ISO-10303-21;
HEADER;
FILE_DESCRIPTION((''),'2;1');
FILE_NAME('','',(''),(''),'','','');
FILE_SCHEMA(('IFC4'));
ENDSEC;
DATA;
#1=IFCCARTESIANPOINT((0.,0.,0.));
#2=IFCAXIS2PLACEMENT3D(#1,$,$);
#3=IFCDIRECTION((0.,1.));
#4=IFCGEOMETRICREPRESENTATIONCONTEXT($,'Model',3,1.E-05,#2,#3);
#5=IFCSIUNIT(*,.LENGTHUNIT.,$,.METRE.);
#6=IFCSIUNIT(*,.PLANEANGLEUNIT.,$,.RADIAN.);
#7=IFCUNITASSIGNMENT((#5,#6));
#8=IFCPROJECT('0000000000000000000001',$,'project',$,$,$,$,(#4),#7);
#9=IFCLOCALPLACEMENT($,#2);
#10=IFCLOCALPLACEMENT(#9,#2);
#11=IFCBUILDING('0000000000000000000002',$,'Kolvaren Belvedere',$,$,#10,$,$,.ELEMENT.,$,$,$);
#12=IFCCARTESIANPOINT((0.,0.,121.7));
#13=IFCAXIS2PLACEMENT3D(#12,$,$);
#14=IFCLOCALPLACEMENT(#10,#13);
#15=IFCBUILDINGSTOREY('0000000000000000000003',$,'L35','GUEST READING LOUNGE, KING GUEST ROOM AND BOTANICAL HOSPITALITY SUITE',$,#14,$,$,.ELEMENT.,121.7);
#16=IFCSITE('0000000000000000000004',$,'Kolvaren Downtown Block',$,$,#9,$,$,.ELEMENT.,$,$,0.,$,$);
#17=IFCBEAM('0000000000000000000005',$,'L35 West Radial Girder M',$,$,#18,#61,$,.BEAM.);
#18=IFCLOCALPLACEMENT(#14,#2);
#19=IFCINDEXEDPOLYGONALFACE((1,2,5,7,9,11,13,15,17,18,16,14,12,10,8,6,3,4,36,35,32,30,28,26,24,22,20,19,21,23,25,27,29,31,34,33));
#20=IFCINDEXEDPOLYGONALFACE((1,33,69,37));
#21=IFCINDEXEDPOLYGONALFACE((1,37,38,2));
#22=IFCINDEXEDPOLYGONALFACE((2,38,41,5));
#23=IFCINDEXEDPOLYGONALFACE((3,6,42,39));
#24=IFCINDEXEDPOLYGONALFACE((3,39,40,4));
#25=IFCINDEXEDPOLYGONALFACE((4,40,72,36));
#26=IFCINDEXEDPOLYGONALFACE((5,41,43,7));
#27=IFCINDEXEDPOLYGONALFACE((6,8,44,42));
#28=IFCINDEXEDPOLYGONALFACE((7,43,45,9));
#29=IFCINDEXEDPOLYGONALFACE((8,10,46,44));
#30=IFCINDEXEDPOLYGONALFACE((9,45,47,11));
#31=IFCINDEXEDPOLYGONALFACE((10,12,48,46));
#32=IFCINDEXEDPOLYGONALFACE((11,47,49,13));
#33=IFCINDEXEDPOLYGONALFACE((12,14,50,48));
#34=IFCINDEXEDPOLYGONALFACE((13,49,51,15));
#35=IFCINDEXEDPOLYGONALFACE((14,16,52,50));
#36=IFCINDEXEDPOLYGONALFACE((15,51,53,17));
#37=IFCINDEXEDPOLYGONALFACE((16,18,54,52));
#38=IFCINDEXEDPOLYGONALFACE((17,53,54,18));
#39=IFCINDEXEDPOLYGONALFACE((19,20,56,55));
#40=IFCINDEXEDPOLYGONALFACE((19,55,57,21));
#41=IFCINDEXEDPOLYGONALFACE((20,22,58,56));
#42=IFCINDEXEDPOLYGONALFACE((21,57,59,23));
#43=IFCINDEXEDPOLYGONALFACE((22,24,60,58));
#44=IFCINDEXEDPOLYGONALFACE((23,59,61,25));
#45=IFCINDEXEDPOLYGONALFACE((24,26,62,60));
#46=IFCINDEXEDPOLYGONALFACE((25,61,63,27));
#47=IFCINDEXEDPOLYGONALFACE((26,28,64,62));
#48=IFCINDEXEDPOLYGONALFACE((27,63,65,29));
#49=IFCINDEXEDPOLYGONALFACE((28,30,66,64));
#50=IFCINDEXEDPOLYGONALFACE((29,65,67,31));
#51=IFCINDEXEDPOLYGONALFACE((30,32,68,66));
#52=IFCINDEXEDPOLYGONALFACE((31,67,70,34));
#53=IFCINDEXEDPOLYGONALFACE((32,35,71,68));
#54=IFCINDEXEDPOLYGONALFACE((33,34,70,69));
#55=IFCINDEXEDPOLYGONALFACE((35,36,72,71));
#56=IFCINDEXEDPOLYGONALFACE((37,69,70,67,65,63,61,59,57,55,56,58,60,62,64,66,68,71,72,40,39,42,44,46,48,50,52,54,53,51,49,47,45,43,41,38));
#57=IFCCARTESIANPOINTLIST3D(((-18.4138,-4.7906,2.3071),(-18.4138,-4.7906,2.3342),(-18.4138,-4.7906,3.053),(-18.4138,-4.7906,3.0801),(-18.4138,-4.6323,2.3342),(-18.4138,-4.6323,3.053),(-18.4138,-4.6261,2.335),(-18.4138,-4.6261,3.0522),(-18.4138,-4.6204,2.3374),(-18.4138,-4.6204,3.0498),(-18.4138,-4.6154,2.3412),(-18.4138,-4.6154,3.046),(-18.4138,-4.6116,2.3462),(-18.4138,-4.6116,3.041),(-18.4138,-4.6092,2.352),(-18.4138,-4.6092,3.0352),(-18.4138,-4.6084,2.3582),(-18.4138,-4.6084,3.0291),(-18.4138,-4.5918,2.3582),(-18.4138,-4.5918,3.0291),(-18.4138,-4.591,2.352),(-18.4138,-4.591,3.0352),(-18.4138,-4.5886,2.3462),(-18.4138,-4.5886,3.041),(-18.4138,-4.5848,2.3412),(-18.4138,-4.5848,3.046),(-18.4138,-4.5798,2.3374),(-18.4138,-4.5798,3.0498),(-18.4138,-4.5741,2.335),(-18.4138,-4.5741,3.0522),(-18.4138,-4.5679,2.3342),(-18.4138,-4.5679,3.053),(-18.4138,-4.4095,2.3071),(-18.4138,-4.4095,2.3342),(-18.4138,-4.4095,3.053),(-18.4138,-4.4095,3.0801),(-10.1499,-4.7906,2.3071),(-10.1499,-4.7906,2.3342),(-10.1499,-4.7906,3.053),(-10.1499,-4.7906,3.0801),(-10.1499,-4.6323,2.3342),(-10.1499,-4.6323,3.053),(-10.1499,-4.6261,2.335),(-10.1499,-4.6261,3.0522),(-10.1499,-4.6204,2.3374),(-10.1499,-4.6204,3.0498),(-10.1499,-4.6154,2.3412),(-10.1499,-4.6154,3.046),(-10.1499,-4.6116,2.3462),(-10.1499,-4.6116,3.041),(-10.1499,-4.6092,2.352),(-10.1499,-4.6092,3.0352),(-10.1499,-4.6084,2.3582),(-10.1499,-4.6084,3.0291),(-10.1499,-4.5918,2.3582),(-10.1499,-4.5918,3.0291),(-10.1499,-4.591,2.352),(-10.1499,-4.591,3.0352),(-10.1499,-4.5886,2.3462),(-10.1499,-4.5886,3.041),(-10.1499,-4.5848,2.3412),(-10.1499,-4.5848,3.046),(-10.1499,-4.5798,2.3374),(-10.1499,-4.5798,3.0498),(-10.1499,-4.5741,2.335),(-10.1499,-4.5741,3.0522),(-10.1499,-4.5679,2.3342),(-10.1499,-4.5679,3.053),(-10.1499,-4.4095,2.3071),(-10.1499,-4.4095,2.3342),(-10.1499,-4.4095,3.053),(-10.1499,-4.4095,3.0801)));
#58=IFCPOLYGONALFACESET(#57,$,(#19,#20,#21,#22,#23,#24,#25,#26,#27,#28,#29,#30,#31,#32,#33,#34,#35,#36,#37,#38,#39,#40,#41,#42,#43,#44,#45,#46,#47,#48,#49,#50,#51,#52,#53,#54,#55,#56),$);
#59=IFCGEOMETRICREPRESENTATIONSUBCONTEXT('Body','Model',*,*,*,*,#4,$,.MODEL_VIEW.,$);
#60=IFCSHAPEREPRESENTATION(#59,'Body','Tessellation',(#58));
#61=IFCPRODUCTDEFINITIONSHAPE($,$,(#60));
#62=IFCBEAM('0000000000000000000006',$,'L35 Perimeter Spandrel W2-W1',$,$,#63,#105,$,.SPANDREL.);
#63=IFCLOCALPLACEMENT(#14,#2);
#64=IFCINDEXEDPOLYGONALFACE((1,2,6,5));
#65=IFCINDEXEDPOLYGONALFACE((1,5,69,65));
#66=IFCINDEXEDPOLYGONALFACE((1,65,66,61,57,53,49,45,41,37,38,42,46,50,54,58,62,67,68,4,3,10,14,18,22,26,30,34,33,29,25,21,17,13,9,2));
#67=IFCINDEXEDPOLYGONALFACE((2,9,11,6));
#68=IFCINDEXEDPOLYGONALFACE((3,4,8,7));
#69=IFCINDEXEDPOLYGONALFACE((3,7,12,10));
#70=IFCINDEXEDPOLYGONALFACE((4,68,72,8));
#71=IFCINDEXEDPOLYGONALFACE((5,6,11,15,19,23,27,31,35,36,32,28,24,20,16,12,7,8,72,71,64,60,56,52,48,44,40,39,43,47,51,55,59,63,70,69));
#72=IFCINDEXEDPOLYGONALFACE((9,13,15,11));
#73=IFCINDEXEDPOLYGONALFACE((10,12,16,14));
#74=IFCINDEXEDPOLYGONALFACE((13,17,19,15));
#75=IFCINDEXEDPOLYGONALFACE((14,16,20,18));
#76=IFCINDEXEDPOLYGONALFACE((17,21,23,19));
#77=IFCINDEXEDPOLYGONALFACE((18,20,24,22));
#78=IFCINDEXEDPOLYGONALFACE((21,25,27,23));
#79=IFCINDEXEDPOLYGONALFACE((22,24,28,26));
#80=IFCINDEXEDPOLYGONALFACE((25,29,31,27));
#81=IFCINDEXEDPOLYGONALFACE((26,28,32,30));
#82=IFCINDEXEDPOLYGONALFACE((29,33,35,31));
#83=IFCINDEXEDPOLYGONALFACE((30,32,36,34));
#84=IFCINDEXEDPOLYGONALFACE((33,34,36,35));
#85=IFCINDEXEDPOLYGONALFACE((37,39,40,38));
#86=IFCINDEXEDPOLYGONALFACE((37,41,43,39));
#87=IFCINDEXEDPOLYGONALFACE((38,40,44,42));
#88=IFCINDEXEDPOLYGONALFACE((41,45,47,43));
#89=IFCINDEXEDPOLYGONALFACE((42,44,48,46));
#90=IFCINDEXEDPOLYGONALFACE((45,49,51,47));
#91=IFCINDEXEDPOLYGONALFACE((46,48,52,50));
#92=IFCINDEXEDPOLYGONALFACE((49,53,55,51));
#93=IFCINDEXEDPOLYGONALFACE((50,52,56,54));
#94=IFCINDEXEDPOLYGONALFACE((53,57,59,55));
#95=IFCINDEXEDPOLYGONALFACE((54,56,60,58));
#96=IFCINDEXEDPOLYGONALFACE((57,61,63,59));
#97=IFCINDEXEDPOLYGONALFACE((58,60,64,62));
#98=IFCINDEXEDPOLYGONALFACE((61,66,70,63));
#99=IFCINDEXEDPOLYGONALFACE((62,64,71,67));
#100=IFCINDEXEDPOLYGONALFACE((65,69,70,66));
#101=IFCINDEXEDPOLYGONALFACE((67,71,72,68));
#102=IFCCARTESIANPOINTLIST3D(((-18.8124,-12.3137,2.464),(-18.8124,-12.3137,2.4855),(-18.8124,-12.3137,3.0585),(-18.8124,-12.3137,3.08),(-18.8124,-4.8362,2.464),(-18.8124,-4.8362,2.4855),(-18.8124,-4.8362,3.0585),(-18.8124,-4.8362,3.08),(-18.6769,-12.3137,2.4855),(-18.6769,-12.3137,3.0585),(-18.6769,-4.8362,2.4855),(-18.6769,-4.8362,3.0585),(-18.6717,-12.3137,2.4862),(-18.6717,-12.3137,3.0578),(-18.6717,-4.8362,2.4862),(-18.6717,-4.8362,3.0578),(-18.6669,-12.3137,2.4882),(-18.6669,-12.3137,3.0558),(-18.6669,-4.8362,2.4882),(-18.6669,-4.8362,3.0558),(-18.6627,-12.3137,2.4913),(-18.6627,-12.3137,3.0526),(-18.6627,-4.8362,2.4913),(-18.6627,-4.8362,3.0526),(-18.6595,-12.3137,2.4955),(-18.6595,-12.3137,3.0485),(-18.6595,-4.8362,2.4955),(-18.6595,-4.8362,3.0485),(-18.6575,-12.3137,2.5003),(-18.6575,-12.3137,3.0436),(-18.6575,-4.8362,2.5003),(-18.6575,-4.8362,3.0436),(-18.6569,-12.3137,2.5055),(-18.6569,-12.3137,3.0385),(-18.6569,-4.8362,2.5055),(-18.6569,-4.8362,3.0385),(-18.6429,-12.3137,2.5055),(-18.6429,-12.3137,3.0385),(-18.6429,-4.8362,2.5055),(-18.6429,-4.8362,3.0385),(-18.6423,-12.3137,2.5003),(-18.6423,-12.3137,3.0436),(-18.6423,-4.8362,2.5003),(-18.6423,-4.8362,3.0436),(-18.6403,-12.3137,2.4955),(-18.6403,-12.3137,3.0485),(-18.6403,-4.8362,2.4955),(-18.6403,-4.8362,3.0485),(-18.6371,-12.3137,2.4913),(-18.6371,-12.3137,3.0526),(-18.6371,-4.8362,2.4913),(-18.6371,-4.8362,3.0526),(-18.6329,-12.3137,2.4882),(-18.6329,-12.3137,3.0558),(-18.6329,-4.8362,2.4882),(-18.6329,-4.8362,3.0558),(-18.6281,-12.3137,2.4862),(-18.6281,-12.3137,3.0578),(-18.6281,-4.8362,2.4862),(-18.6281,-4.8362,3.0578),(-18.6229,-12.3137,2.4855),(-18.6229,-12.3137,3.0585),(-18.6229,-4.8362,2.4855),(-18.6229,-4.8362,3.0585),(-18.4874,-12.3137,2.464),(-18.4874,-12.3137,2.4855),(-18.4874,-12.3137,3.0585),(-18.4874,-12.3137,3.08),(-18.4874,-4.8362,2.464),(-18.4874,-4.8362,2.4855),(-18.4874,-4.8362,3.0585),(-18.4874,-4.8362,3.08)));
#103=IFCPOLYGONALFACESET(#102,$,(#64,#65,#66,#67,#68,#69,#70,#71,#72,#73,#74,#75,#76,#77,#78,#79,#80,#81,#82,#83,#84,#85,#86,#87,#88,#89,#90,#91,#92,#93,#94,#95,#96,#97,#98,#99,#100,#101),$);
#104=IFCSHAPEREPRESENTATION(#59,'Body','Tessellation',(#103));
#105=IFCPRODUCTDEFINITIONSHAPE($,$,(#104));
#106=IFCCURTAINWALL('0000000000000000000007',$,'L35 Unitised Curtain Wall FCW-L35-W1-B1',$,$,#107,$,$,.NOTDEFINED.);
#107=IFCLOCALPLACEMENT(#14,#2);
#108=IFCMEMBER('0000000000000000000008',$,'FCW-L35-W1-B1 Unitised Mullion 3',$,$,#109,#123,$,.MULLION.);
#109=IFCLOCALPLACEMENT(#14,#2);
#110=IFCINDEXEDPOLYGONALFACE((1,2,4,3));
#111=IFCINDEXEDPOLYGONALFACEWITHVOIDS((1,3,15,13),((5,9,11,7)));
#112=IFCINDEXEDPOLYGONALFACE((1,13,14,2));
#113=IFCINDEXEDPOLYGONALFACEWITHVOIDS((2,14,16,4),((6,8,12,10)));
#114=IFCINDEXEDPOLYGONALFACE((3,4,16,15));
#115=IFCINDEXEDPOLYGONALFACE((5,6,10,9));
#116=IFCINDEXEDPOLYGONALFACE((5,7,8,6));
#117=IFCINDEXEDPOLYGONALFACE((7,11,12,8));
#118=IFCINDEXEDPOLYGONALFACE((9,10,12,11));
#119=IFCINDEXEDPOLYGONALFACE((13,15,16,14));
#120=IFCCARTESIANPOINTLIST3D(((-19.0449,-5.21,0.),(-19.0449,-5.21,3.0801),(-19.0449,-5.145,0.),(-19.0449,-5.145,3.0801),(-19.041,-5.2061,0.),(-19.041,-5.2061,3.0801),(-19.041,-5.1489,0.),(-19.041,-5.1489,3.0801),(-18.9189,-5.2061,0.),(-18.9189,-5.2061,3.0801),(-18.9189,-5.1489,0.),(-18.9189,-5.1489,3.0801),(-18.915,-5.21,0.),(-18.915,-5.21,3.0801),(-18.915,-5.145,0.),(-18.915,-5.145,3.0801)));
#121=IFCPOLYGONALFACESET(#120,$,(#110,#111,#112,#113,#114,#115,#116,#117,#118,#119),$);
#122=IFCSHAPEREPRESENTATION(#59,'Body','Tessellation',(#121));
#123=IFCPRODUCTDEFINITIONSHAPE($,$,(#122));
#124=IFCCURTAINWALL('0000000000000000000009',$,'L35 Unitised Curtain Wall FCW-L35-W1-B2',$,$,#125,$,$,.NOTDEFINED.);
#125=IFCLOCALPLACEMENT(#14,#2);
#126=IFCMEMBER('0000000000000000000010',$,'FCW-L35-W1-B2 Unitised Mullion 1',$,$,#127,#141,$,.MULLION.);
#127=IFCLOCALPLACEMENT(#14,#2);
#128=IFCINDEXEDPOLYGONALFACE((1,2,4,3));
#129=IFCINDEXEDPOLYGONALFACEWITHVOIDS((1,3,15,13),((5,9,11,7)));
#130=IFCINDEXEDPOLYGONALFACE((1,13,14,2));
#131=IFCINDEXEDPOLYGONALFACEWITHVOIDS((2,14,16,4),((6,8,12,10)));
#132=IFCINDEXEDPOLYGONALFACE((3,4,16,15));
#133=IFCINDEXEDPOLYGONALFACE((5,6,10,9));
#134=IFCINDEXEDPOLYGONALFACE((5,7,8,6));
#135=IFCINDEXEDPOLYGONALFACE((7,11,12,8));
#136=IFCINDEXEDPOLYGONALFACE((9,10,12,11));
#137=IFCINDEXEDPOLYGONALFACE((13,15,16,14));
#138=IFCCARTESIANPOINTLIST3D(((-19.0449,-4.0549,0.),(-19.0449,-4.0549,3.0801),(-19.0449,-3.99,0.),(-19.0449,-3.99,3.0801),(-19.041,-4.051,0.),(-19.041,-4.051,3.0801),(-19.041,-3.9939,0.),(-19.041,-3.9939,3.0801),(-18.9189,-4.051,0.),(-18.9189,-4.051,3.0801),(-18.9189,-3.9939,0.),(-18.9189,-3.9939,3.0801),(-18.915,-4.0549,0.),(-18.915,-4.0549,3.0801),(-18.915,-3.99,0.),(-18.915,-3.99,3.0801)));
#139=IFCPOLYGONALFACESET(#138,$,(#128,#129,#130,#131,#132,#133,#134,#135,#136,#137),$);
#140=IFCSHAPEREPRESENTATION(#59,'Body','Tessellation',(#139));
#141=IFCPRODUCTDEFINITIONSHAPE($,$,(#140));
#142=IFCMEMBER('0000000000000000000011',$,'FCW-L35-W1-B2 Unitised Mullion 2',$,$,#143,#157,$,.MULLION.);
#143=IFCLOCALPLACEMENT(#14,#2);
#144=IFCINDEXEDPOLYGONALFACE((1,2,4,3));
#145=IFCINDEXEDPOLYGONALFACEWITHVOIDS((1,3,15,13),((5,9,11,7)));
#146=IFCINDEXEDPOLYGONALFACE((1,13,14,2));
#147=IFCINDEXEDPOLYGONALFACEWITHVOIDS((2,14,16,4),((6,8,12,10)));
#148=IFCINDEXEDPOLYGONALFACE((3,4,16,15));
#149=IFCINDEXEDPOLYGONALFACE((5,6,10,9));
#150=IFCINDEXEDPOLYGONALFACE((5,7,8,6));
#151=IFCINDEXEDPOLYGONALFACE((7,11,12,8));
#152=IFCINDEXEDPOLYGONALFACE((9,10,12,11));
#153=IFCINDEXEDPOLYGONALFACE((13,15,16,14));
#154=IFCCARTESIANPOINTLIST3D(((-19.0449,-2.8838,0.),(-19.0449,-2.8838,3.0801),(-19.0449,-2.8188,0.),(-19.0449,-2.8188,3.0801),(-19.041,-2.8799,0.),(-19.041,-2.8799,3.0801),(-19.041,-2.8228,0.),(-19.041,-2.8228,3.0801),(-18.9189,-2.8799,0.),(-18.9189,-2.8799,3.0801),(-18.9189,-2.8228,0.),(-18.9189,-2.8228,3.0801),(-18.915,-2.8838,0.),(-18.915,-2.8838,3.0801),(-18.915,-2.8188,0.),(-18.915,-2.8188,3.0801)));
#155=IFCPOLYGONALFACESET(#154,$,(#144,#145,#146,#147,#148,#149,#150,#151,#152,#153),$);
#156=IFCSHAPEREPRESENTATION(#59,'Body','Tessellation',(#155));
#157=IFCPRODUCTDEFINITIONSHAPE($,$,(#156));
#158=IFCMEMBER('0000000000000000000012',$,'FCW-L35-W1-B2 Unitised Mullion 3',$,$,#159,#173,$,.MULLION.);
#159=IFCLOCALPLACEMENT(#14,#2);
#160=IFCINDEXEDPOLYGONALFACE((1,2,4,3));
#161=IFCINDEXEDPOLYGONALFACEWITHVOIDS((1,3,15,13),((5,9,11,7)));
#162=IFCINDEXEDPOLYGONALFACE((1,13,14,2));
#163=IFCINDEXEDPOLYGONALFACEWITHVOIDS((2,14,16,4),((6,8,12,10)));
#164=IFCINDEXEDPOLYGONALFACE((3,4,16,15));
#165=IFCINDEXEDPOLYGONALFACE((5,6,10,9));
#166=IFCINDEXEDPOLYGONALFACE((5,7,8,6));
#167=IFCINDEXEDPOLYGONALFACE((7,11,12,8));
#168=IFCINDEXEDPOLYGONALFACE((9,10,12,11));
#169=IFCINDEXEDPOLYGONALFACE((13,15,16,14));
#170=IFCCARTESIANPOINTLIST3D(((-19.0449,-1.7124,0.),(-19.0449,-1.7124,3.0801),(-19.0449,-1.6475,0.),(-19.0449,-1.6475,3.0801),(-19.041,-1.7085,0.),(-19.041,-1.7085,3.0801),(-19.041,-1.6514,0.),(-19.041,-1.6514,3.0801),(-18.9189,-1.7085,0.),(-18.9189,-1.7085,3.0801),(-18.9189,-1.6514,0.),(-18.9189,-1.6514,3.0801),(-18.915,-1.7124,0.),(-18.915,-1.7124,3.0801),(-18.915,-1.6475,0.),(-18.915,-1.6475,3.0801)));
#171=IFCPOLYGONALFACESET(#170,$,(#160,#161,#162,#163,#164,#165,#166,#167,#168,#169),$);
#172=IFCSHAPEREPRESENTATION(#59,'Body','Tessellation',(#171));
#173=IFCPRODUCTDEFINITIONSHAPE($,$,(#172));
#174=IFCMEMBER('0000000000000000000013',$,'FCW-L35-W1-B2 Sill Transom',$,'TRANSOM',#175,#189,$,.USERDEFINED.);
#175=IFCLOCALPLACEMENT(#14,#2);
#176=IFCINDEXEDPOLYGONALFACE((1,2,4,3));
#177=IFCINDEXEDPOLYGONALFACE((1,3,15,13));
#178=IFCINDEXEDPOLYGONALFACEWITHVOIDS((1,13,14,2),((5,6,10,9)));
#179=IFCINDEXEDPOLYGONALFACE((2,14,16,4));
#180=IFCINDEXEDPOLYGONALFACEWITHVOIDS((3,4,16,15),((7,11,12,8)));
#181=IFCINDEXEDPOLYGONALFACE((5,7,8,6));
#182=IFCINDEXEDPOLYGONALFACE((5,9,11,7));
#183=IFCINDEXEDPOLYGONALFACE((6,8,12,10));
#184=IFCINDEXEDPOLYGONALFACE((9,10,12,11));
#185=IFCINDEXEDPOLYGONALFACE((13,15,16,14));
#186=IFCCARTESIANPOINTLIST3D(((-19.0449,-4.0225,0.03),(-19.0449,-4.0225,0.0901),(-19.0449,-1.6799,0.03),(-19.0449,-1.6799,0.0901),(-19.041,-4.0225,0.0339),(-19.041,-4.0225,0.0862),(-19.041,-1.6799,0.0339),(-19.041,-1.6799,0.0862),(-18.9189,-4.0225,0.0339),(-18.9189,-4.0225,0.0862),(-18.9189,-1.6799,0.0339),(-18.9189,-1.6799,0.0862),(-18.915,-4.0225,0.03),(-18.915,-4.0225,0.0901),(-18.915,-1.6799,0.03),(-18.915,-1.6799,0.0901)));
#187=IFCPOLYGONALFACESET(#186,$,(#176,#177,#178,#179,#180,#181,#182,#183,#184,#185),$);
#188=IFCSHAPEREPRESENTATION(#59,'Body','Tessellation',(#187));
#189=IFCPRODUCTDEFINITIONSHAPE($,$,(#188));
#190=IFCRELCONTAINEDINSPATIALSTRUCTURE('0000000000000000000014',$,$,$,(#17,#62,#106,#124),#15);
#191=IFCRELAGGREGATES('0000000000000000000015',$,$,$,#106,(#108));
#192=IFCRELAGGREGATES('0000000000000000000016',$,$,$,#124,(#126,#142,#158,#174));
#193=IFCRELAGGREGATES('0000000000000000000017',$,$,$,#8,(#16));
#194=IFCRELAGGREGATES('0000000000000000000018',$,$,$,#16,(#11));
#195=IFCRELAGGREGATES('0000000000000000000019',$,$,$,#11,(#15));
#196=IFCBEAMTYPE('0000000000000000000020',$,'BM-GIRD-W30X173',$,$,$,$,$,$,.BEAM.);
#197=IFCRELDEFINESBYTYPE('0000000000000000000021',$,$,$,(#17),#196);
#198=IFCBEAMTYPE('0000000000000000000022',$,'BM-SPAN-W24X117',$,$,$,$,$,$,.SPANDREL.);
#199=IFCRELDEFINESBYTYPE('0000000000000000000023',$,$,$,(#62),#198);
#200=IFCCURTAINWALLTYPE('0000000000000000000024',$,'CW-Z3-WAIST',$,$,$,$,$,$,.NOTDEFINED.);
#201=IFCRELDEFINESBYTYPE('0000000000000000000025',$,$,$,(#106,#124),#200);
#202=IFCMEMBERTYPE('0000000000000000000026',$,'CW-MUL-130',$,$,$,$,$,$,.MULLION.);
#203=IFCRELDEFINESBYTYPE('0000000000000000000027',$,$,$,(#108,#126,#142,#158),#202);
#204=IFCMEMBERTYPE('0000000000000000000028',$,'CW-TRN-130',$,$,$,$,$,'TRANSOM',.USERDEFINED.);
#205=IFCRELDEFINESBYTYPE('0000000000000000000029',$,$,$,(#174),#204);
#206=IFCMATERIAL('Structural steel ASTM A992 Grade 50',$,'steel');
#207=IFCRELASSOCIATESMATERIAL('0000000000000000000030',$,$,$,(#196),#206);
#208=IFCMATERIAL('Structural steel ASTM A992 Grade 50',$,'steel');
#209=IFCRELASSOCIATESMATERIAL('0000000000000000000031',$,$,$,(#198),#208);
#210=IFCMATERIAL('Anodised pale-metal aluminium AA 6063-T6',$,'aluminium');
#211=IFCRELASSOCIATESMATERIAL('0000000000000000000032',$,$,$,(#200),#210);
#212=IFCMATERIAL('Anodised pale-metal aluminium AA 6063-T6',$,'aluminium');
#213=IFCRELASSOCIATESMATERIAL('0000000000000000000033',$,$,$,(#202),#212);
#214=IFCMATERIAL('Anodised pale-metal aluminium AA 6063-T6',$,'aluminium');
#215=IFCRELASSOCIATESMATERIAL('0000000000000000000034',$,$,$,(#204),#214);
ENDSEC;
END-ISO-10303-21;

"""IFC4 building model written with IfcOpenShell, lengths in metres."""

from ifc_helpers import new_model, si_unit, direction, frame, origin, origin_2d, place, context, subcontext, project, spatial, hollow_rectangle, i_section, extrude, material, material_profile, profile_set, type_object, element, aggregate, save


model = new_model("IFC4")

# Units and contexts
model_context = context("Model", 3, precision=1e-05, world=origin(), true_north=direction((0.0, 1.0)))
body_context = subcontext(model_context, "Body", "Model", "MODEL_VIEW")
ifc_project = project(units=[si_unit("LENGTHUNIT", "METRE"), si_unit("PLANEANGLEUNIT", "RADIAN")], contexts=[model_context])

# Site, building, storey
site_placement = place(None, origin())
site = spatial("IfcSite", under=ifc_project, at=site_placement, Name="Kolvaren Downtown Block", CompositionType="ELEMENT", RefElevation=0.0)
building_placement = place(site_placement, origin())
building = spatial("IfcBuilding", under=site, at=building_placement, Name="Kolvaren Belvedere", CompositionType="ELEMENT")
storey_placement = place(building_placement, frame((0.0, 0.0, 121.7)))
storey = spatial("IfcBuildingStorey", under=building, at=storey_placement, Name="L35", Description="GUEST READING LOUNGE, KING GUEST ROOM AND BOTANICAL HOSPITALITY SUITE", CompositionType="ELEMENT", Elevation=121.7)

# Beams
ifc_material_1 = material(Name="Structural steel ASTM A992 Grade 50", Category="steel")
ifc_material_profile_1 = material_profile(ifc_material_1, i_section(OverallWidth=0.3811, OverallDepth=0.7729, WebThickness=0.0166, FlangeThickness=0.0271, FilletRadius=0.0239, at=origin_2d()), Name="W30X173")
ifc_profile_set_1 = profile_set([ifc_material_profile_1], Name="Structural steel ASTM A992 Grade 50")
beam_type_1 = type_object("IfcBeamType", Name="BM-GIRD-W30X173", PredefinedType="BEAM", material=ifc_profile_set_1)
beam_1_placement = place(storey_placement, frame((-10.1499, -4.6001, 2.6936), z_axis=(-1.0, 0.0, 0.0), x_axis=(0.0, -1.0, 0.0)))
element("IfcBeam", 1, at=beam_1_placement, inside=storey, type_object=beam_type_1, Name="L35 West Radial Girder M", PredefinedType="BEAM", context=body_context, shape_type="SweptSolid", body=[
    extrude(i_section(OverallWidth=0.3811, OverallDepth=0.7729, WebThickness=0.0166, FlangeThickness=0.0271, FilletRadius=0.0239, at=origin_2d()), origin(), (0.0, 0.0, 1.0), 8.2639),
])
ifc_material_2 = material(Name="Structural steel ASTM A992 Grade 50", Category="steel")
ifc_material_profile_2 = material_profile(ifc_material_2, i_section(OverallWidth=0.325, OverallDepth=0.616, WebThickness=0.0139, FlangeThickness=0.0215, FilletRadius=0.02, at=origin_2d()), Name="W24X117")
ifc_profile_set_2 = profile_set([ifc_material_profile_2], Name="Structural steel ASTM A992 Grade 50")
beam_type_2 = type_object("IfcBeamType", Name="BM-SPAN-W24X117", PredefinedType="SPANDREL", material=ifc_profile_set_2)
beam_2_placement = place(storey_placement, frame((-18.6499, -4.8362, 2.772), z_axis=(0.0, -1.0, 0.0), x_axis=(1.0, 0.0, 0.0)))
element("IfcBeam", 2, at=beam_2_placement, inside=storey, type_object=beam_type_2, Name="L35 Perimeter Spandrel W2-W1", PredefinedType="SPANDREL", context=body_context, shape_type="SweptSolid", body=[
    extrude(i_section(OverallWidth=0.325, OverallDepth=0.616, WebThickness=0.0139, FlangeThickness=0.0215, FilletRadius=0.02, at=origin_2d()), origin(), (0.0, 0.0, 1.0), 7.4775),
])

# Curtain wall, member
ifc_material_3 = material(Name="Anodised pale-metal aluminium AA 6063-T6", Category="aluminium")
curtain_wall_type = type_object("IfcCurtainWallType", Name="CW-Z3-WAIST", PredefinedType="NOTDEFINED", material=ifc_material_3)
curtain_wall_1_placement = place(storey_placement, origin())
curtain_wall_1 = element("IfcCurtainWall", 3, at=curtain_wall_1_placement, inside=storey, type_object=curtain_wall_type, Name="L35 Unitised Curtain Wall FCW-L35-W1-B1", PredefinedType="NOTDEFINED")
ifc_material_4 = material(Name="Anodised pale-metal aluminium AA 6063-T6", Category="aluminium")
ifc_material_profile_3 = material_profile(ifc_material_4, hollow_rectangle(XDim=0.0649, YDim=0.1299, WallThickness=0.0039, at=origin_2d()), Name="ALU-MUL-130X65")
ifc_profile_set_3 = profile_set([ifc_material_profile_3], Name="Anodised pale-metal aluminium AA 6063-T6")
member_type_1 = type_object("IfcMemberType", Name="CW-MUL-130", PredefinedType="MULLION", material=ifc_profile_set_3)
member_1_placement = place(storey_placement, frame((-18.98, -5.1775, 0.0), z_axis=(0.0, 0.0, 1.0), x_axis=(0.0, 1.0, 0.0)))
member_1 = element("IfcMember", 4, at=member_1_placement, type_object=member_type_1, Name="FCW-L35-W1-B1 Unitised Mullion 3", PredefinedType="MULLION", context=body_context, shape_type="SweptSolid", body=[
    extrude(hollow_rectangle(XDim=0.0649, YDim=0.1299, WallThickness=0.0039, at=origin_2d()), origin(), (0.0, 0.0, 1.0), 3.0801),
])
aggregate(curtain_wall_1, [member_1])

# Curtain wall, members
curtain_wall_2_placement = place(storey_placement, origin())
curtain_wall_2 = element("IfcCurtainWall", 5, at=curtain_wall_2_placement, inside=storey, type_object=curtain_wall_type, Name="L35 Unitised Curtain Wall FCW-L35-W1-B2", PredefinedType="NOTDEFINED")
member_2_placement = place(storey_placement, frame((-18.98, -4.0225, 0.0), z_axis=(0.0, 0.0, 1.0), x_axis=(0.0, 1.0, 0.0)))
member_2 = element("IfcMember", 6, at=member_2_placement, type_object=member_type_1, Name="FCW-L35-W1-B2 Unitised Mullion 1", PredefinedType="MULLION", context=body_context, shape_type="SweptSolid", body=[
    extrude(hollow_rectangle(XDim=0.0649, YDim=0.1299, WallThickness=0.0039, at=origin_2d()), origin(), (0.0, 0.0, 1.0), 3.0801),
])
member_3_placement = place(storey_placement, frame((-18.98, -2.8513, 0.0), z_axis=(0.0, 0.0, 1.0), x_axis=(0.0, 1.0, 0.0)))
member_3 = element("IfcMember", 7, at=member_3_placement, type_object=member_type_1, Name="FCW-L35-W1-B2 Unitised Mullion 2", PredefinedType="MULLION", context=body_context, shape_type="SweptSolid", body=[
    extrude(hollow_rectangle(XDim=0.0649, YDim=0.1299, WallThickness=0.0039, at=origin_2d()), origin(), (0.0, 0.0, 1.0), 3.0801),
])
member_4_placement = place(storey_placement, frame((-18.98, -1.6799, 0.0), z_axis=(0.0, 0.0, 1.0), x_axis=(0.0, 1.0, 0.0)))
member_4 = element("IfcMember", 8, at=member_4_placement, type_object=member_type_1, Name="FCW-L35-W1-B2 Unitised Mullion 3", PredefinedType="MULLION", context=body_context, shape_type="SweptSolid", body=[
    extrude(hollow_rectangle(XDim=0.0649, YDim=0.1299, WallThickness=0.0039, at=origin_2d()), origin(), (0.0, 0.0, 1.0), 3.0801),
])
ifc_material_5 = material(Name="Anodised pale-metal aluminium AA 6063-T6", Category="aluminium")
ifc_material_profile_4 = material_profile(ifc_material_5, hollow_rectangle(XDim=0.0601, YDim=0.1299, WallThickness=0.0039, at=origin_2d()), Name="ALU-TRN-130X60")
ifc_profile_set_4 = profile_set([ifc_material_profile_4], Name="Anodised pale-metal aluminium AA 6063-T6")
member_type_2 = type_object("IfcMemberType", Name="CW-TRN-130", ElementType="TRANSOM", PredefinedType="USERDEFINED", material=ifc_profile_set_4)
member_5_placement = place(storey_placement, frame((-18.98, -4.0225, 0.0601), z_axis=(0.0, 1.0, 0.0), x_axis=(0.0, 0.0, 1.0)))
member_5 = element("IfcMember", 9, at=member_5_placement, type_object=member_type_2, Name="FCW-L35-W1-B2 Sill Transom", ObjectType="TRANSOM", PredefinedType="USERDEFINED", context=body_context, shape_type="SweptSolid", body=[
    extrude(hollow_rectangle(XDim=0.0601, YDim=0.1299, WallThickness=0.0039, at=origin_2d()), origin(), (0.0, 0.0, 1.0), 2.3425),
])

aggregate(curtain_wall_2, [member_2, member_3, member_4, member_5])

save(model, "model.ifc")
